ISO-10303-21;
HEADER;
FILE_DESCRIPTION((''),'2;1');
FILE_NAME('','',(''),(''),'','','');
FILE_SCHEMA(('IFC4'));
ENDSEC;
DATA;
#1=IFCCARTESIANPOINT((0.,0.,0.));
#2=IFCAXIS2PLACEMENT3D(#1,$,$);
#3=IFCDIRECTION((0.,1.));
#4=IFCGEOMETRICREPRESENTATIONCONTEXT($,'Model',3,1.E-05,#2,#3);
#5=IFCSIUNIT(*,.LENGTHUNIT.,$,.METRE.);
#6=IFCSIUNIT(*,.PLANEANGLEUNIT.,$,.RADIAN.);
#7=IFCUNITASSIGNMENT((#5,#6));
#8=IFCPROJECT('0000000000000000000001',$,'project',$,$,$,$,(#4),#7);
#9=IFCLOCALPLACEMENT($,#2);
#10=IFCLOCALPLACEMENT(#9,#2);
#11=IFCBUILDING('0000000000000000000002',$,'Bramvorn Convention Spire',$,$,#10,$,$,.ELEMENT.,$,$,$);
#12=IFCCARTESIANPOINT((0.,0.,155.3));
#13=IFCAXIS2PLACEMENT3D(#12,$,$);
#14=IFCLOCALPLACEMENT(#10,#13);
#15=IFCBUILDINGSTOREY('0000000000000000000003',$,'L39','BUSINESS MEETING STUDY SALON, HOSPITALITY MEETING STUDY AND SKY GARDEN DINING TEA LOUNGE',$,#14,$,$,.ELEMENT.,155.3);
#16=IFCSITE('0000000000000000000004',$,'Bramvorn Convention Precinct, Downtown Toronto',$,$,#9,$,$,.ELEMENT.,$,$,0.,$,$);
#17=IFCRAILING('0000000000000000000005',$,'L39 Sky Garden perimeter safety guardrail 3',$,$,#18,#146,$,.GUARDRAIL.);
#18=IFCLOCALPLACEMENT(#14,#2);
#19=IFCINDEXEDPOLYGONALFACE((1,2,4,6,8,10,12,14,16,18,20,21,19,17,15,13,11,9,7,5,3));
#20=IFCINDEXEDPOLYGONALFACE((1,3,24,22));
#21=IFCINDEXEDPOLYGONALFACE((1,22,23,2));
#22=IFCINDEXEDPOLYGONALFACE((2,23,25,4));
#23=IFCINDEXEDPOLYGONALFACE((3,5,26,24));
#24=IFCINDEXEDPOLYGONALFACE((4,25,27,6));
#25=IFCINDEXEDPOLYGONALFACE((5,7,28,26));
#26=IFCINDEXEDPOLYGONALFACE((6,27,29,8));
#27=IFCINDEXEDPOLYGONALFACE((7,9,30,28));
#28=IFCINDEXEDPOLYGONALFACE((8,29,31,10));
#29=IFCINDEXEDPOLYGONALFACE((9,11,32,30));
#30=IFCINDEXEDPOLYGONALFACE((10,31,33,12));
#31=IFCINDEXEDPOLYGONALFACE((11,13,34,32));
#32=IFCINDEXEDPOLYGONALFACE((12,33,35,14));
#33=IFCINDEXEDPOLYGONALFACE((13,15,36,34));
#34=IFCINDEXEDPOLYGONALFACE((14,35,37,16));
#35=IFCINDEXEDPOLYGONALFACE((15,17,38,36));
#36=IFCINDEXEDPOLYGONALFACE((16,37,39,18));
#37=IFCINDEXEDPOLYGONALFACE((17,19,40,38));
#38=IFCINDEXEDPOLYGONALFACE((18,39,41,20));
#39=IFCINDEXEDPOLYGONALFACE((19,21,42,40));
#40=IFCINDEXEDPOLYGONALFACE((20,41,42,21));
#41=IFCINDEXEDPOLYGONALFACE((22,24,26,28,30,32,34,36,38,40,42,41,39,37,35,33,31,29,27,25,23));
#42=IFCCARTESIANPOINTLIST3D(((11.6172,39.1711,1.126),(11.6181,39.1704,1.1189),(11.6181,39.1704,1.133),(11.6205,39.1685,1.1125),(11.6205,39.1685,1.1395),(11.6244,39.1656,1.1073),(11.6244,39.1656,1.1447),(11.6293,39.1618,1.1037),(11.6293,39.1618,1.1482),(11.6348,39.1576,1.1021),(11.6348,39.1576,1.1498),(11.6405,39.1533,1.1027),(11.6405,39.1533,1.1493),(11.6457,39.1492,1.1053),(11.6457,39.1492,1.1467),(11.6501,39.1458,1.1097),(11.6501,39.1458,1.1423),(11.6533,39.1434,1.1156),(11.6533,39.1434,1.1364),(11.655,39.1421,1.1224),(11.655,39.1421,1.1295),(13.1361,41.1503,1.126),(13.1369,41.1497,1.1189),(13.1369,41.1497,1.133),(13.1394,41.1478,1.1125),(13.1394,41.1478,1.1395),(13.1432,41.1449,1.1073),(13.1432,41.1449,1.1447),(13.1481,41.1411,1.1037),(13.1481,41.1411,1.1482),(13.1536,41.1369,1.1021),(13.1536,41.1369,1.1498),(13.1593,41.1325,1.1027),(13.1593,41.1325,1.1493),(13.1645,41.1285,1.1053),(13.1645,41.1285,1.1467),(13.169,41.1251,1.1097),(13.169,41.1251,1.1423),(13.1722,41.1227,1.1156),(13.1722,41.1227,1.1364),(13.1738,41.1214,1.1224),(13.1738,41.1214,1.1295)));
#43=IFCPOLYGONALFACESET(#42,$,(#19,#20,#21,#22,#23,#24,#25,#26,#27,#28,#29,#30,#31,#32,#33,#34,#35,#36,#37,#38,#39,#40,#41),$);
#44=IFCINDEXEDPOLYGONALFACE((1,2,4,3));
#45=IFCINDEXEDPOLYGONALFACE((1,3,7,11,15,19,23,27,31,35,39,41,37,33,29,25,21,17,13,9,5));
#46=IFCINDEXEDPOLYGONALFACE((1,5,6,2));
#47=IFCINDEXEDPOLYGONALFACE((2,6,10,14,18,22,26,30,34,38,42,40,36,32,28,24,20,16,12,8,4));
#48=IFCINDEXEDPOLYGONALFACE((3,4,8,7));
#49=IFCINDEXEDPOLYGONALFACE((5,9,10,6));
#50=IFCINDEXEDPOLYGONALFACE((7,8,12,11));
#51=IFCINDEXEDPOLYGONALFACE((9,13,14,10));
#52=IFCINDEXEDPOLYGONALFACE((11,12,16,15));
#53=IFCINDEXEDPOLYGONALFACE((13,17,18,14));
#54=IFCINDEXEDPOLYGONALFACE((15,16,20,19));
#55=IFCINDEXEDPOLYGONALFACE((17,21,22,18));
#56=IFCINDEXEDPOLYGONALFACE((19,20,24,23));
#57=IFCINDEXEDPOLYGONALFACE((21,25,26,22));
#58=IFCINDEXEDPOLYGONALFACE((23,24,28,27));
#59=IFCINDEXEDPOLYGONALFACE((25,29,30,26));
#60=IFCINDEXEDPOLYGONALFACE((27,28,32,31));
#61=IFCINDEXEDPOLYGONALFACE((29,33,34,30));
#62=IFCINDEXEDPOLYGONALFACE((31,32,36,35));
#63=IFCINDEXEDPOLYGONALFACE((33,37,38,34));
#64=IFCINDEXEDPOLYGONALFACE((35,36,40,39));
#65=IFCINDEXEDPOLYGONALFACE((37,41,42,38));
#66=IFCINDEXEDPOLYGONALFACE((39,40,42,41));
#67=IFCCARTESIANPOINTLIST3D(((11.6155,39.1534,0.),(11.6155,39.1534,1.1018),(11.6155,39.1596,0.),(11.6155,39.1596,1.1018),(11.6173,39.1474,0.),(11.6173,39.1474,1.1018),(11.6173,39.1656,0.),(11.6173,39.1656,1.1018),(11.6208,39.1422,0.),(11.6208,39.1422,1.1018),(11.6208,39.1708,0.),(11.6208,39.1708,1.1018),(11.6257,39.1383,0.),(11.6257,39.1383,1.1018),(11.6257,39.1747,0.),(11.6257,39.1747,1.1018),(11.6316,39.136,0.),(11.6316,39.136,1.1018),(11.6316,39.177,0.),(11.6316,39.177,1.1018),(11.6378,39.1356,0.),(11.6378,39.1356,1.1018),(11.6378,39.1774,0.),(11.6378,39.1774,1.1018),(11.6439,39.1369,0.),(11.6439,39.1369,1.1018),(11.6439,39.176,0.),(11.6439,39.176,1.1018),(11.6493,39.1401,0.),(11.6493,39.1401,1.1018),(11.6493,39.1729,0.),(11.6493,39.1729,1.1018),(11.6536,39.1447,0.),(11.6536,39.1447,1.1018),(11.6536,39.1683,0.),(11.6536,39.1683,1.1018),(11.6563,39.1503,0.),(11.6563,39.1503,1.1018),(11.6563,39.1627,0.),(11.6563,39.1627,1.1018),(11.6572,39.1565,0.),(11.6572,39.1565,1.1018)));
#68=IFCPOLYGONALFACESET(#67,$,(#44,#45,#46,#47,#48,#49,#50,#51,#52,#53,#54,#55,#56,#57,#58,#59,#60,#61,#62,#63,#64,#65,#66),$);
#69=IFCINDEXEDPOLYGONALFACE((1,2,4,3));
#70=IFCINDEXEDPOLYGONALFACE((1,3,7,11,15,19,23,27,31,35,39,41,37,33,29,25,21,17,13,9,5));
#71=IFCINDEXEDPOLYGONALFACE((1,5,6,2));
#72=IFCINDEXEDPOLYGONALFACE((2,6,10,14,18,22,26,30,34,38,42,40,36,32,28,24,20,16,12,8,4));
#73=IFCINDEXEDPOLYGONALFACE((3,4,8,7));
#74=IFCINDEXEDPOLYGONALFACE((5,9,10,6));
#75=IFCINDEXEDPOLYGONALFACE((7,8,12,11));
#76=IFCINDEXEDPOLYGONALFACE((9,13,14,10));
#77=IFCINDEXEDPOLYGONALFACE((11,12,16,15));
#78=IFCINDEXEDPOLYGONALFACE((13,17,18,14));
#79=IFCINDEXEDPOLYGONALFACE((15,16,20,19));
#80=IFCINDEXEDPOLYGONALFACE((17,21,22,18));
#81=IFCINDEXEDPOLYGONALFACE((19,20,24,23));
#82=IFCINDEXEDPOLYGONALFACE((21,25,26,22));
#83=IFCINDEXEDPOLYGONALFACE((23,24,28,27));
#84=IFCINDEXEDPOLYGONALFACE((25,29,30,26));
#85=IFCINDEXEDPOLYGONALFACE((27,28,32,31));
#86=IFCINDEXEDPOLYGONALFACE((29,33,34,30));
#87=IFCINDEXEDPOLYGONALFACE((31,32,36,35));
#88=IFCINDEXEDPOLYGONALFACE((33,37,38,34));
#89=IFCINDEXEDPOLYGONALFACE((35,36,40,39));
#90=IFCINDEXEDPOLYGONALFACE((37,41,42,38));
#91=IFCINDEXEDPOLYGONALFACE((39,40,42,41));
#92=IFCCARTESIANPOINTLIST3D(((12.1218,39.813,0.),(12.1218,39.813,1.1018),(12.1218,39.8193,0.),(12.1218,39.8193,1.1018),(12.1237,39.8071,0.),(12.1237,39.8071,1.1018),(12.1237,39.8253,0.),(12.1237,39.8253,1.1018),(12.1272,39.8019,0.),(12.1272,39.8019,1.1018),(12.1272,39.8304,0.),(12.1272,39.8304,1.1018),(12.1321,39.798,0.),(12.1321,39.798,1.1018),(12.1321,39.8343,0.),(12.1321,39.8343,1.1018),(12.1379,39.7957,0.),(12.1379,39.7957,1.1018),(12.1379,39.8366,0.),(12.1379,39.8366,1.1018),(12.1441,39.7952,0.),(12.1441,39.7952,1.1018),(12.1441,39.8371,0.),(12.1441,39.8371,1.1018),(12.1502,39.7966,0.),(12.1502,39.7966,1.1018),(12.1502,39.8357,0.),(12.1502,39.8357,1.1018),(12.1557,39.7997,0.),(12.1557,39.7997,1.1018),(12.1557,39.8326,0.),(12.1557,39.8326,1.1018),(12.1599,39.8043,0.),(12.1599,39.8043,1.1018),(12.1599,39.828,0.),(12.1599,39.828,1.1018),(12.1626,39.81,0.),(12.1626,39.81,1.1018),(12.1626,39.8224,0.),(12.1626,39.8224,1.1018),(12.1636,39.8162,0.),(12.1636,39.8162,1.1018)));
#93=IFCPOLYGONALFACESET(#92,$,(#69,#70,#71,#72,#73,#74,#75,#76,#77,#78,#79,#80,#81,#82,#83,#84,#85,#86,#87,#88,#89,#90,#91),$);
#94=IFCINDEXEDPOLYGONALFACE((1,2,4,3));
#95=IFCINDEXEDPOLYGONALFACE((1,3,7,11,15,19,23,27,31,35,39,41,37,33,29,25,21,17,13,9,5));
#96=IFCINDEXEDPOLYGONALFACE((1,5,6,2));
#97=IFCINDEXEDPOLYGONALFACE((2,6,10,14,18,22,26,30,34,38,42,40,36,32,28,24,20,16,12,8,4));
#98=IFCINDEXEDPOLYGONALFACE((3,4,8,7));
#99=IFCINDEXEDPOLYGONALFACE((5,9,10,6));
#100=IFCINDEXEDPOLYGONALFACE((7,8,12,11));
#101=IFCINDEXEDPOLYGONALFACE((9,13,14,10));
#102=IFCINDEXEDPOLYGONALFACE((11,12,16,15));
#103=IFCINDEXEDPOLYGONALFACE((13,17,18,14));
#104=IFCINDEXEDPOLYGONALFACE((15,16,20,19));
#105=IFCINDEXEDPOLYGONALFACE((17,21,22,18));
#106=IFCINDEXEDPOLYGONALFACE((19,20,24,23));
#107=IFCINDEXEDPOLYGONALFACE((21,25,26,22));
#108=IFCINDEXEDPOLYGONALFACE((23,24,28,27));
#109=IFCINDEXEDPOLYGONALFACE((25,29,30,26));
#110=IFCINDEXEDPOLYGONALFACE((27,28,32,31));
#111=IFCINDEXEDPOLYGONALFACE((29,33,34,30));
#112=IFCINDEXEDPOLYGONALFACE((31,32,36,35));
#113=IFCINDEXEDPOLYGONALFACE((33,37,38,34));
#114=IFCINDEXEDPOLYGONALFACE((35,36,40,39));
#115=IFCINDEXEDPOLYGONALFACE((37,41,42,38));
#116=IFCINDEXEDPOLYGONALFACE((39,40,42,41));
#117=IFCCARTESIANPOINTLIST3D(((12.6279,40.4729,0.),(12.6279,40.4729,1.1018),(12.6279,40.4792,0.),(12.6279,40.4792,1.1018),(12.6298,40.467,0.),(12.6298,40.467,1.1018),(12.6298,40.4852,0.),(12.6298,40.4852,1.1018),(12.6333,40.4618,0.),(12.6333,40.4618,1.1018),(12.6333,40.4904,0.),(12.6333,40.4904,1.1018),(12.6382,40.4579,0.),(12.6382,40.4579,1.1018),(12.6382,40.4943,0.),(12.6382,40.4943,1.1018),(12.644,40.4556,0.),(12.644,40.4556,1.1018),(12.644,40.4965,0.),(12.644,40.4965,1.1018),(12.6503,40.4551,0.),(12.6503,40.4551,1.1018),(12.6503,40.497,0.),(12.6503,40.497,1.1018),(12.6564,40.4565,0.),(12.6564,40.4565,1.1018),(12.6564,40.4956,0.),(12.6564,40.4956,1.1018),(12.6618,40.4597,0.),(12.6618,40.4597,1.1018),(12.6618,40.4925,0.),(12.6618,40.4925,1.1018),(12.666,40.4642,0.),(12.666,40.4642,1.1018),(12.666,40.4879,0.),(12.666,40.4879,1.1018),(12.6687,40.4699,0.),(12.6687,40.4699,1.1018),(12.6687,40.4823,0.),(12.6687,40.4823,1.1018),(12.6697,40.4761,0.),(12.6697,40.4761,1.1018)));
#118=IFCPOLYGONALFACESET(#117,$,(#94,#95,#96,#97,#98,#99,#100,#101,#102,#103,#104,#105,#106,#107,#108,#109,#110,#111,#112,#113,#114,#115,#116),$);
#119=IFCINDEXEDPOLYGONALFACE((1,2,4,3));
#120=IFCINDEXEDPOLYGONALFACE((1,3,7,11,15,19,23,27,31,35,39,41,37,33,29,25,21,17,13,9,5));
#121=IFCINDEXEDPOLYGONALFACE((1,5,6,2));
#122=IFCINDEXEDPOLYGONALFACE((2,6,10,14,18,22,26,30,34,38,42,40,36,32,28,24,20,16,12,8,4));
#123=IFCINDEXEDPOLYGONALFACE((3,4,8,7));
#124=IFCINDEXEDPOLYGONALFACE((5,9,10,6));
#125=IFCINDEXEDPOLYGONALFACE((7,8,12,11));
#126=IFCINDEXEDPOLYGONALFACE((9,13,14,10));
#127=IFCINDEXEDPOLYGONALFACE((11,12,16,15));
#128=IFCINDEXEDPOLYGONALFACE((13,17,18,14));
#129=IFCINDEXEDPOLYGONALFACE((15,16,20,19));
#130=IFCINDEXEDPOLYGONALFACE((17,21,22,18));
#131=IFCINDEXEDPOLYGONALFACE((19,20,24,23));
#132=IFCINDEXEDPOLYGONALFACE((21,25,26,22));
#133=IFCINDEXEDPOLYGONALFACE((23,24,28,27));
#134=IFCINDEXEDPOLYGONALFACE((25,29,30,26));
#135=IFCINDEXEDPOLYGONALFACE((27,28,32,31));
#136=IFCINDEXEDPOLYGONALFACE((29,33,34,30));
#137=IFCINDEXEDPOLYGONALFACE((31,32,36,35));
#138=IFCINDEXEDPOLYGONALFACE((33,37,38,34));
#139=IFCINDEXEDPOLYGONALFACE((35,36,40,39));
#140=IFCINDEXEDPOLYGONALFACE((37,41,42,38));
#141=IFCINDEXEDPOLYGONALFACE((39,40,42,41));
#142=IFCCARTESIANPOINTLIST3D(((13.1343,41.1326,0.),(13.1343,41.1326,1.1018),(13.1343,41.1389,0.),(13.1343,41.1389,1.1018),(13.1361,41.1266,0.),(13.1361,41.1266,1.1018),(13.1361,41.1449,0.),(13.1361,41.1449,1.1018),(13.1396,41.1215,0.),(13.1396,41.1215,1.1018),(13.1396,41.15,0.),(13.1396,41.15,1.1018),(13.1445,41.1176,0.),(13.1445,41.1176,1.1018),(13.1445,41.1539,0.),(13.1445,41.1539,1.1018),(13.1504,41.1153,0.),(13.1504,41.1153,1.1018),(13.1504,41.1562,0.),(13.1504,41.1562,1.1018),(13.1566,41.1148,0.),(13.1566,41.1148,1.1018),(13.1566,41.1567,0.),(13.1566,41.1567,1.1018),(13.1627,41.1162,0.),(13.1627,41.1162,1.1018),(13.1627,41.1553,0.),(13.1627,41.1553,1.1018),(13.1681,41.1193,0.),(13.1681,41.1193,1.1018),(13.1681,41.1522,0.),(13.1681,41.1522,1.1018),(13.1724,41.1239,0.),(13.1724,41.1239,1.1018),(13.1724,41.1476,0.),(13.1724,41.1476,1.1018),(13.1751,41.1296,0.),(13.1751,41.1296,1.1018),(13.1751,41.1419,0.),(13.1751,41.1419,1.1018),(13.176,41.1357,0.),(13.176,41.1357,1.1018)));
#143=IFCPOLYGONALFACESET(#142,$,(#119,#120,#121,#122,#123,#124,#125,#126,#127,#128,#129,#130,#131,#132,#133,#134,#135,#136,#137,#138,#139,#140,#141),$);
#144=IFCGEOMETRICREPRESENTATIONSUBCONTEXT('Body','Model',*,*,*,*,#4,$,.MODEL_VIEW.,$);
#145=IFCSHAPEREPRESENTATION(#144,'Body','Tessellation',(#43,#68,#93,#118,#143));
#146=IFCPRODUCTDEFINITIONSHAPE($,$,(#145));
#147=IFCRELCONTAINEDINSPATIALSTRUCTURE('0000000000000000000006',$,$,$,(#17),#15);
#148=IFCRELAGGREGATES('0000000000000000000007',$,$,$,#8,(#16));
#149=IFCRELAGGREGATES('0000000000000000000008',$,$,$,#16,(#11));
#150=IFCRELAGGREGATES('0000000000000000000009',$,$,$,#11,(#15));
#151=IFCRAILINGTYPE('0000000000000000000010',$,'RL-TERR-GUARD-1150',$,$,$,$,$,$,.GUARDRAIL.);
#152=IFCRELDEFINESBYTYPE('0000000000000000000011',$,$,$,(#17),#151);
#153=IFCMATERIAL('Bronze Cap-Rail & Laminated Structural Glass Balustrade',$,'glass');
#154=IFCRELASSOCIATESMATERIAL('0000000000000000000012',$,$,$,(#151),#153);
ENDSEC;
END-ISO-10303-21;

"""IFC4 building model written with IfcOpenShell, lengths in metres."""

from ifc_helpers import new_model, si_unit, direction, frame, origin, origin_2d, place, context, subcontext, project, spatial, circle, extrude, material, type_object, element, save


model = new_model("IFC4")

# Units and contexts
model_context = context("Model", 3, precision=1e-05, world=origin(), true_north=direction((0.0, 1.0)))
body_context = subcontext(model_context, "Body", "Model", "MODEL_VIEW")
ifc_project = project(units=[si_unit("LENGTHUNIT", "METRE"), si_unit("PLANEANGLEUNIT", "RADIAN")], contexts=[model_context])

# Site, building, storey
site_placement = place(None, origin())
site = spatial("IfcSite", under=ifc_project, at=site_placement, Name="Bramvorn Convention Precinct, Downtown Toronto", CompositionType="ELEMENT", RefElevation=0.0)
building_placement = place(site_placement, origin())
building = spatial("IfcBuilding", under=site, at=building_placement, Name="Bramvorn Convention Spire", CompositionType="ELEMENT")
storey_placement = place(building_placement, frame((0.0, 0.0, 155.3)))
storey = spatial("IfcBuildingStorey", under=building, at=storey_placement, Name="L39", Description="BUSINESS MEETING STUDY SALON, HOSPITALITY MEETING STUDY AND SKY GARDEN DINING TEA LOUNGE", CompositionType="ELEMENT", Elevation=155.3)

# Railing
ifc_material_1 = material(Name="Bronze Cap-Rail & Laminated Structural Glass Balustrade", Category="glass")
railing_type = type_object("IfcRailingType", Name="RL-TERR-GUARD-1150", PredefinedType="GUARDRAIL", material=ifc_material_1)
railing_1_placement = place(storey_placement, frame((11.6362, 39.1565, 0.0)))
element("IfcRailing", 1, at=railing_1_placement, inside=storey, type_object=railing_type, Name="L39 Sky Garden perimeter safety guardrail 3", PredefinedType="GUARDRAIL", context=body_context, shape_type="SweptSolid", body=[
    extrude(circle(Radius=0.0239, at=origin_2d()), frame((0.0, 0.0, 1.126), z_axis=(0.608779, 0.79334, 0.0), x_axis=(-0.79334, 0.608779, 0.0)), (0.0, 0.0, 1.0), 2.4949),
    extrude(circle(Radius=0.021, at=origin_2d()), origin(), (0.0, 0.0, 1.0), 1.1018),
    extrude(circle(Radius=0.021, at=origin_2d()), frame((0.5063, 0.6597, 0.0)), (0.0, 0.0, 1.0), 1.1018),
    extrude(circle(Radius=0.021, at=origin_2d()), frame((1.0125, 1.3196, 0.0)), (0.0, 0.0, 1.0), 1.1018),
    extrude(circle(Radius=0.021, at=origin_2d()), frame((1.5188, 1.9792, 0.0)), (0.0, 0.0, 1.0), 1.1018),
])

save(model, "model.ifc")
